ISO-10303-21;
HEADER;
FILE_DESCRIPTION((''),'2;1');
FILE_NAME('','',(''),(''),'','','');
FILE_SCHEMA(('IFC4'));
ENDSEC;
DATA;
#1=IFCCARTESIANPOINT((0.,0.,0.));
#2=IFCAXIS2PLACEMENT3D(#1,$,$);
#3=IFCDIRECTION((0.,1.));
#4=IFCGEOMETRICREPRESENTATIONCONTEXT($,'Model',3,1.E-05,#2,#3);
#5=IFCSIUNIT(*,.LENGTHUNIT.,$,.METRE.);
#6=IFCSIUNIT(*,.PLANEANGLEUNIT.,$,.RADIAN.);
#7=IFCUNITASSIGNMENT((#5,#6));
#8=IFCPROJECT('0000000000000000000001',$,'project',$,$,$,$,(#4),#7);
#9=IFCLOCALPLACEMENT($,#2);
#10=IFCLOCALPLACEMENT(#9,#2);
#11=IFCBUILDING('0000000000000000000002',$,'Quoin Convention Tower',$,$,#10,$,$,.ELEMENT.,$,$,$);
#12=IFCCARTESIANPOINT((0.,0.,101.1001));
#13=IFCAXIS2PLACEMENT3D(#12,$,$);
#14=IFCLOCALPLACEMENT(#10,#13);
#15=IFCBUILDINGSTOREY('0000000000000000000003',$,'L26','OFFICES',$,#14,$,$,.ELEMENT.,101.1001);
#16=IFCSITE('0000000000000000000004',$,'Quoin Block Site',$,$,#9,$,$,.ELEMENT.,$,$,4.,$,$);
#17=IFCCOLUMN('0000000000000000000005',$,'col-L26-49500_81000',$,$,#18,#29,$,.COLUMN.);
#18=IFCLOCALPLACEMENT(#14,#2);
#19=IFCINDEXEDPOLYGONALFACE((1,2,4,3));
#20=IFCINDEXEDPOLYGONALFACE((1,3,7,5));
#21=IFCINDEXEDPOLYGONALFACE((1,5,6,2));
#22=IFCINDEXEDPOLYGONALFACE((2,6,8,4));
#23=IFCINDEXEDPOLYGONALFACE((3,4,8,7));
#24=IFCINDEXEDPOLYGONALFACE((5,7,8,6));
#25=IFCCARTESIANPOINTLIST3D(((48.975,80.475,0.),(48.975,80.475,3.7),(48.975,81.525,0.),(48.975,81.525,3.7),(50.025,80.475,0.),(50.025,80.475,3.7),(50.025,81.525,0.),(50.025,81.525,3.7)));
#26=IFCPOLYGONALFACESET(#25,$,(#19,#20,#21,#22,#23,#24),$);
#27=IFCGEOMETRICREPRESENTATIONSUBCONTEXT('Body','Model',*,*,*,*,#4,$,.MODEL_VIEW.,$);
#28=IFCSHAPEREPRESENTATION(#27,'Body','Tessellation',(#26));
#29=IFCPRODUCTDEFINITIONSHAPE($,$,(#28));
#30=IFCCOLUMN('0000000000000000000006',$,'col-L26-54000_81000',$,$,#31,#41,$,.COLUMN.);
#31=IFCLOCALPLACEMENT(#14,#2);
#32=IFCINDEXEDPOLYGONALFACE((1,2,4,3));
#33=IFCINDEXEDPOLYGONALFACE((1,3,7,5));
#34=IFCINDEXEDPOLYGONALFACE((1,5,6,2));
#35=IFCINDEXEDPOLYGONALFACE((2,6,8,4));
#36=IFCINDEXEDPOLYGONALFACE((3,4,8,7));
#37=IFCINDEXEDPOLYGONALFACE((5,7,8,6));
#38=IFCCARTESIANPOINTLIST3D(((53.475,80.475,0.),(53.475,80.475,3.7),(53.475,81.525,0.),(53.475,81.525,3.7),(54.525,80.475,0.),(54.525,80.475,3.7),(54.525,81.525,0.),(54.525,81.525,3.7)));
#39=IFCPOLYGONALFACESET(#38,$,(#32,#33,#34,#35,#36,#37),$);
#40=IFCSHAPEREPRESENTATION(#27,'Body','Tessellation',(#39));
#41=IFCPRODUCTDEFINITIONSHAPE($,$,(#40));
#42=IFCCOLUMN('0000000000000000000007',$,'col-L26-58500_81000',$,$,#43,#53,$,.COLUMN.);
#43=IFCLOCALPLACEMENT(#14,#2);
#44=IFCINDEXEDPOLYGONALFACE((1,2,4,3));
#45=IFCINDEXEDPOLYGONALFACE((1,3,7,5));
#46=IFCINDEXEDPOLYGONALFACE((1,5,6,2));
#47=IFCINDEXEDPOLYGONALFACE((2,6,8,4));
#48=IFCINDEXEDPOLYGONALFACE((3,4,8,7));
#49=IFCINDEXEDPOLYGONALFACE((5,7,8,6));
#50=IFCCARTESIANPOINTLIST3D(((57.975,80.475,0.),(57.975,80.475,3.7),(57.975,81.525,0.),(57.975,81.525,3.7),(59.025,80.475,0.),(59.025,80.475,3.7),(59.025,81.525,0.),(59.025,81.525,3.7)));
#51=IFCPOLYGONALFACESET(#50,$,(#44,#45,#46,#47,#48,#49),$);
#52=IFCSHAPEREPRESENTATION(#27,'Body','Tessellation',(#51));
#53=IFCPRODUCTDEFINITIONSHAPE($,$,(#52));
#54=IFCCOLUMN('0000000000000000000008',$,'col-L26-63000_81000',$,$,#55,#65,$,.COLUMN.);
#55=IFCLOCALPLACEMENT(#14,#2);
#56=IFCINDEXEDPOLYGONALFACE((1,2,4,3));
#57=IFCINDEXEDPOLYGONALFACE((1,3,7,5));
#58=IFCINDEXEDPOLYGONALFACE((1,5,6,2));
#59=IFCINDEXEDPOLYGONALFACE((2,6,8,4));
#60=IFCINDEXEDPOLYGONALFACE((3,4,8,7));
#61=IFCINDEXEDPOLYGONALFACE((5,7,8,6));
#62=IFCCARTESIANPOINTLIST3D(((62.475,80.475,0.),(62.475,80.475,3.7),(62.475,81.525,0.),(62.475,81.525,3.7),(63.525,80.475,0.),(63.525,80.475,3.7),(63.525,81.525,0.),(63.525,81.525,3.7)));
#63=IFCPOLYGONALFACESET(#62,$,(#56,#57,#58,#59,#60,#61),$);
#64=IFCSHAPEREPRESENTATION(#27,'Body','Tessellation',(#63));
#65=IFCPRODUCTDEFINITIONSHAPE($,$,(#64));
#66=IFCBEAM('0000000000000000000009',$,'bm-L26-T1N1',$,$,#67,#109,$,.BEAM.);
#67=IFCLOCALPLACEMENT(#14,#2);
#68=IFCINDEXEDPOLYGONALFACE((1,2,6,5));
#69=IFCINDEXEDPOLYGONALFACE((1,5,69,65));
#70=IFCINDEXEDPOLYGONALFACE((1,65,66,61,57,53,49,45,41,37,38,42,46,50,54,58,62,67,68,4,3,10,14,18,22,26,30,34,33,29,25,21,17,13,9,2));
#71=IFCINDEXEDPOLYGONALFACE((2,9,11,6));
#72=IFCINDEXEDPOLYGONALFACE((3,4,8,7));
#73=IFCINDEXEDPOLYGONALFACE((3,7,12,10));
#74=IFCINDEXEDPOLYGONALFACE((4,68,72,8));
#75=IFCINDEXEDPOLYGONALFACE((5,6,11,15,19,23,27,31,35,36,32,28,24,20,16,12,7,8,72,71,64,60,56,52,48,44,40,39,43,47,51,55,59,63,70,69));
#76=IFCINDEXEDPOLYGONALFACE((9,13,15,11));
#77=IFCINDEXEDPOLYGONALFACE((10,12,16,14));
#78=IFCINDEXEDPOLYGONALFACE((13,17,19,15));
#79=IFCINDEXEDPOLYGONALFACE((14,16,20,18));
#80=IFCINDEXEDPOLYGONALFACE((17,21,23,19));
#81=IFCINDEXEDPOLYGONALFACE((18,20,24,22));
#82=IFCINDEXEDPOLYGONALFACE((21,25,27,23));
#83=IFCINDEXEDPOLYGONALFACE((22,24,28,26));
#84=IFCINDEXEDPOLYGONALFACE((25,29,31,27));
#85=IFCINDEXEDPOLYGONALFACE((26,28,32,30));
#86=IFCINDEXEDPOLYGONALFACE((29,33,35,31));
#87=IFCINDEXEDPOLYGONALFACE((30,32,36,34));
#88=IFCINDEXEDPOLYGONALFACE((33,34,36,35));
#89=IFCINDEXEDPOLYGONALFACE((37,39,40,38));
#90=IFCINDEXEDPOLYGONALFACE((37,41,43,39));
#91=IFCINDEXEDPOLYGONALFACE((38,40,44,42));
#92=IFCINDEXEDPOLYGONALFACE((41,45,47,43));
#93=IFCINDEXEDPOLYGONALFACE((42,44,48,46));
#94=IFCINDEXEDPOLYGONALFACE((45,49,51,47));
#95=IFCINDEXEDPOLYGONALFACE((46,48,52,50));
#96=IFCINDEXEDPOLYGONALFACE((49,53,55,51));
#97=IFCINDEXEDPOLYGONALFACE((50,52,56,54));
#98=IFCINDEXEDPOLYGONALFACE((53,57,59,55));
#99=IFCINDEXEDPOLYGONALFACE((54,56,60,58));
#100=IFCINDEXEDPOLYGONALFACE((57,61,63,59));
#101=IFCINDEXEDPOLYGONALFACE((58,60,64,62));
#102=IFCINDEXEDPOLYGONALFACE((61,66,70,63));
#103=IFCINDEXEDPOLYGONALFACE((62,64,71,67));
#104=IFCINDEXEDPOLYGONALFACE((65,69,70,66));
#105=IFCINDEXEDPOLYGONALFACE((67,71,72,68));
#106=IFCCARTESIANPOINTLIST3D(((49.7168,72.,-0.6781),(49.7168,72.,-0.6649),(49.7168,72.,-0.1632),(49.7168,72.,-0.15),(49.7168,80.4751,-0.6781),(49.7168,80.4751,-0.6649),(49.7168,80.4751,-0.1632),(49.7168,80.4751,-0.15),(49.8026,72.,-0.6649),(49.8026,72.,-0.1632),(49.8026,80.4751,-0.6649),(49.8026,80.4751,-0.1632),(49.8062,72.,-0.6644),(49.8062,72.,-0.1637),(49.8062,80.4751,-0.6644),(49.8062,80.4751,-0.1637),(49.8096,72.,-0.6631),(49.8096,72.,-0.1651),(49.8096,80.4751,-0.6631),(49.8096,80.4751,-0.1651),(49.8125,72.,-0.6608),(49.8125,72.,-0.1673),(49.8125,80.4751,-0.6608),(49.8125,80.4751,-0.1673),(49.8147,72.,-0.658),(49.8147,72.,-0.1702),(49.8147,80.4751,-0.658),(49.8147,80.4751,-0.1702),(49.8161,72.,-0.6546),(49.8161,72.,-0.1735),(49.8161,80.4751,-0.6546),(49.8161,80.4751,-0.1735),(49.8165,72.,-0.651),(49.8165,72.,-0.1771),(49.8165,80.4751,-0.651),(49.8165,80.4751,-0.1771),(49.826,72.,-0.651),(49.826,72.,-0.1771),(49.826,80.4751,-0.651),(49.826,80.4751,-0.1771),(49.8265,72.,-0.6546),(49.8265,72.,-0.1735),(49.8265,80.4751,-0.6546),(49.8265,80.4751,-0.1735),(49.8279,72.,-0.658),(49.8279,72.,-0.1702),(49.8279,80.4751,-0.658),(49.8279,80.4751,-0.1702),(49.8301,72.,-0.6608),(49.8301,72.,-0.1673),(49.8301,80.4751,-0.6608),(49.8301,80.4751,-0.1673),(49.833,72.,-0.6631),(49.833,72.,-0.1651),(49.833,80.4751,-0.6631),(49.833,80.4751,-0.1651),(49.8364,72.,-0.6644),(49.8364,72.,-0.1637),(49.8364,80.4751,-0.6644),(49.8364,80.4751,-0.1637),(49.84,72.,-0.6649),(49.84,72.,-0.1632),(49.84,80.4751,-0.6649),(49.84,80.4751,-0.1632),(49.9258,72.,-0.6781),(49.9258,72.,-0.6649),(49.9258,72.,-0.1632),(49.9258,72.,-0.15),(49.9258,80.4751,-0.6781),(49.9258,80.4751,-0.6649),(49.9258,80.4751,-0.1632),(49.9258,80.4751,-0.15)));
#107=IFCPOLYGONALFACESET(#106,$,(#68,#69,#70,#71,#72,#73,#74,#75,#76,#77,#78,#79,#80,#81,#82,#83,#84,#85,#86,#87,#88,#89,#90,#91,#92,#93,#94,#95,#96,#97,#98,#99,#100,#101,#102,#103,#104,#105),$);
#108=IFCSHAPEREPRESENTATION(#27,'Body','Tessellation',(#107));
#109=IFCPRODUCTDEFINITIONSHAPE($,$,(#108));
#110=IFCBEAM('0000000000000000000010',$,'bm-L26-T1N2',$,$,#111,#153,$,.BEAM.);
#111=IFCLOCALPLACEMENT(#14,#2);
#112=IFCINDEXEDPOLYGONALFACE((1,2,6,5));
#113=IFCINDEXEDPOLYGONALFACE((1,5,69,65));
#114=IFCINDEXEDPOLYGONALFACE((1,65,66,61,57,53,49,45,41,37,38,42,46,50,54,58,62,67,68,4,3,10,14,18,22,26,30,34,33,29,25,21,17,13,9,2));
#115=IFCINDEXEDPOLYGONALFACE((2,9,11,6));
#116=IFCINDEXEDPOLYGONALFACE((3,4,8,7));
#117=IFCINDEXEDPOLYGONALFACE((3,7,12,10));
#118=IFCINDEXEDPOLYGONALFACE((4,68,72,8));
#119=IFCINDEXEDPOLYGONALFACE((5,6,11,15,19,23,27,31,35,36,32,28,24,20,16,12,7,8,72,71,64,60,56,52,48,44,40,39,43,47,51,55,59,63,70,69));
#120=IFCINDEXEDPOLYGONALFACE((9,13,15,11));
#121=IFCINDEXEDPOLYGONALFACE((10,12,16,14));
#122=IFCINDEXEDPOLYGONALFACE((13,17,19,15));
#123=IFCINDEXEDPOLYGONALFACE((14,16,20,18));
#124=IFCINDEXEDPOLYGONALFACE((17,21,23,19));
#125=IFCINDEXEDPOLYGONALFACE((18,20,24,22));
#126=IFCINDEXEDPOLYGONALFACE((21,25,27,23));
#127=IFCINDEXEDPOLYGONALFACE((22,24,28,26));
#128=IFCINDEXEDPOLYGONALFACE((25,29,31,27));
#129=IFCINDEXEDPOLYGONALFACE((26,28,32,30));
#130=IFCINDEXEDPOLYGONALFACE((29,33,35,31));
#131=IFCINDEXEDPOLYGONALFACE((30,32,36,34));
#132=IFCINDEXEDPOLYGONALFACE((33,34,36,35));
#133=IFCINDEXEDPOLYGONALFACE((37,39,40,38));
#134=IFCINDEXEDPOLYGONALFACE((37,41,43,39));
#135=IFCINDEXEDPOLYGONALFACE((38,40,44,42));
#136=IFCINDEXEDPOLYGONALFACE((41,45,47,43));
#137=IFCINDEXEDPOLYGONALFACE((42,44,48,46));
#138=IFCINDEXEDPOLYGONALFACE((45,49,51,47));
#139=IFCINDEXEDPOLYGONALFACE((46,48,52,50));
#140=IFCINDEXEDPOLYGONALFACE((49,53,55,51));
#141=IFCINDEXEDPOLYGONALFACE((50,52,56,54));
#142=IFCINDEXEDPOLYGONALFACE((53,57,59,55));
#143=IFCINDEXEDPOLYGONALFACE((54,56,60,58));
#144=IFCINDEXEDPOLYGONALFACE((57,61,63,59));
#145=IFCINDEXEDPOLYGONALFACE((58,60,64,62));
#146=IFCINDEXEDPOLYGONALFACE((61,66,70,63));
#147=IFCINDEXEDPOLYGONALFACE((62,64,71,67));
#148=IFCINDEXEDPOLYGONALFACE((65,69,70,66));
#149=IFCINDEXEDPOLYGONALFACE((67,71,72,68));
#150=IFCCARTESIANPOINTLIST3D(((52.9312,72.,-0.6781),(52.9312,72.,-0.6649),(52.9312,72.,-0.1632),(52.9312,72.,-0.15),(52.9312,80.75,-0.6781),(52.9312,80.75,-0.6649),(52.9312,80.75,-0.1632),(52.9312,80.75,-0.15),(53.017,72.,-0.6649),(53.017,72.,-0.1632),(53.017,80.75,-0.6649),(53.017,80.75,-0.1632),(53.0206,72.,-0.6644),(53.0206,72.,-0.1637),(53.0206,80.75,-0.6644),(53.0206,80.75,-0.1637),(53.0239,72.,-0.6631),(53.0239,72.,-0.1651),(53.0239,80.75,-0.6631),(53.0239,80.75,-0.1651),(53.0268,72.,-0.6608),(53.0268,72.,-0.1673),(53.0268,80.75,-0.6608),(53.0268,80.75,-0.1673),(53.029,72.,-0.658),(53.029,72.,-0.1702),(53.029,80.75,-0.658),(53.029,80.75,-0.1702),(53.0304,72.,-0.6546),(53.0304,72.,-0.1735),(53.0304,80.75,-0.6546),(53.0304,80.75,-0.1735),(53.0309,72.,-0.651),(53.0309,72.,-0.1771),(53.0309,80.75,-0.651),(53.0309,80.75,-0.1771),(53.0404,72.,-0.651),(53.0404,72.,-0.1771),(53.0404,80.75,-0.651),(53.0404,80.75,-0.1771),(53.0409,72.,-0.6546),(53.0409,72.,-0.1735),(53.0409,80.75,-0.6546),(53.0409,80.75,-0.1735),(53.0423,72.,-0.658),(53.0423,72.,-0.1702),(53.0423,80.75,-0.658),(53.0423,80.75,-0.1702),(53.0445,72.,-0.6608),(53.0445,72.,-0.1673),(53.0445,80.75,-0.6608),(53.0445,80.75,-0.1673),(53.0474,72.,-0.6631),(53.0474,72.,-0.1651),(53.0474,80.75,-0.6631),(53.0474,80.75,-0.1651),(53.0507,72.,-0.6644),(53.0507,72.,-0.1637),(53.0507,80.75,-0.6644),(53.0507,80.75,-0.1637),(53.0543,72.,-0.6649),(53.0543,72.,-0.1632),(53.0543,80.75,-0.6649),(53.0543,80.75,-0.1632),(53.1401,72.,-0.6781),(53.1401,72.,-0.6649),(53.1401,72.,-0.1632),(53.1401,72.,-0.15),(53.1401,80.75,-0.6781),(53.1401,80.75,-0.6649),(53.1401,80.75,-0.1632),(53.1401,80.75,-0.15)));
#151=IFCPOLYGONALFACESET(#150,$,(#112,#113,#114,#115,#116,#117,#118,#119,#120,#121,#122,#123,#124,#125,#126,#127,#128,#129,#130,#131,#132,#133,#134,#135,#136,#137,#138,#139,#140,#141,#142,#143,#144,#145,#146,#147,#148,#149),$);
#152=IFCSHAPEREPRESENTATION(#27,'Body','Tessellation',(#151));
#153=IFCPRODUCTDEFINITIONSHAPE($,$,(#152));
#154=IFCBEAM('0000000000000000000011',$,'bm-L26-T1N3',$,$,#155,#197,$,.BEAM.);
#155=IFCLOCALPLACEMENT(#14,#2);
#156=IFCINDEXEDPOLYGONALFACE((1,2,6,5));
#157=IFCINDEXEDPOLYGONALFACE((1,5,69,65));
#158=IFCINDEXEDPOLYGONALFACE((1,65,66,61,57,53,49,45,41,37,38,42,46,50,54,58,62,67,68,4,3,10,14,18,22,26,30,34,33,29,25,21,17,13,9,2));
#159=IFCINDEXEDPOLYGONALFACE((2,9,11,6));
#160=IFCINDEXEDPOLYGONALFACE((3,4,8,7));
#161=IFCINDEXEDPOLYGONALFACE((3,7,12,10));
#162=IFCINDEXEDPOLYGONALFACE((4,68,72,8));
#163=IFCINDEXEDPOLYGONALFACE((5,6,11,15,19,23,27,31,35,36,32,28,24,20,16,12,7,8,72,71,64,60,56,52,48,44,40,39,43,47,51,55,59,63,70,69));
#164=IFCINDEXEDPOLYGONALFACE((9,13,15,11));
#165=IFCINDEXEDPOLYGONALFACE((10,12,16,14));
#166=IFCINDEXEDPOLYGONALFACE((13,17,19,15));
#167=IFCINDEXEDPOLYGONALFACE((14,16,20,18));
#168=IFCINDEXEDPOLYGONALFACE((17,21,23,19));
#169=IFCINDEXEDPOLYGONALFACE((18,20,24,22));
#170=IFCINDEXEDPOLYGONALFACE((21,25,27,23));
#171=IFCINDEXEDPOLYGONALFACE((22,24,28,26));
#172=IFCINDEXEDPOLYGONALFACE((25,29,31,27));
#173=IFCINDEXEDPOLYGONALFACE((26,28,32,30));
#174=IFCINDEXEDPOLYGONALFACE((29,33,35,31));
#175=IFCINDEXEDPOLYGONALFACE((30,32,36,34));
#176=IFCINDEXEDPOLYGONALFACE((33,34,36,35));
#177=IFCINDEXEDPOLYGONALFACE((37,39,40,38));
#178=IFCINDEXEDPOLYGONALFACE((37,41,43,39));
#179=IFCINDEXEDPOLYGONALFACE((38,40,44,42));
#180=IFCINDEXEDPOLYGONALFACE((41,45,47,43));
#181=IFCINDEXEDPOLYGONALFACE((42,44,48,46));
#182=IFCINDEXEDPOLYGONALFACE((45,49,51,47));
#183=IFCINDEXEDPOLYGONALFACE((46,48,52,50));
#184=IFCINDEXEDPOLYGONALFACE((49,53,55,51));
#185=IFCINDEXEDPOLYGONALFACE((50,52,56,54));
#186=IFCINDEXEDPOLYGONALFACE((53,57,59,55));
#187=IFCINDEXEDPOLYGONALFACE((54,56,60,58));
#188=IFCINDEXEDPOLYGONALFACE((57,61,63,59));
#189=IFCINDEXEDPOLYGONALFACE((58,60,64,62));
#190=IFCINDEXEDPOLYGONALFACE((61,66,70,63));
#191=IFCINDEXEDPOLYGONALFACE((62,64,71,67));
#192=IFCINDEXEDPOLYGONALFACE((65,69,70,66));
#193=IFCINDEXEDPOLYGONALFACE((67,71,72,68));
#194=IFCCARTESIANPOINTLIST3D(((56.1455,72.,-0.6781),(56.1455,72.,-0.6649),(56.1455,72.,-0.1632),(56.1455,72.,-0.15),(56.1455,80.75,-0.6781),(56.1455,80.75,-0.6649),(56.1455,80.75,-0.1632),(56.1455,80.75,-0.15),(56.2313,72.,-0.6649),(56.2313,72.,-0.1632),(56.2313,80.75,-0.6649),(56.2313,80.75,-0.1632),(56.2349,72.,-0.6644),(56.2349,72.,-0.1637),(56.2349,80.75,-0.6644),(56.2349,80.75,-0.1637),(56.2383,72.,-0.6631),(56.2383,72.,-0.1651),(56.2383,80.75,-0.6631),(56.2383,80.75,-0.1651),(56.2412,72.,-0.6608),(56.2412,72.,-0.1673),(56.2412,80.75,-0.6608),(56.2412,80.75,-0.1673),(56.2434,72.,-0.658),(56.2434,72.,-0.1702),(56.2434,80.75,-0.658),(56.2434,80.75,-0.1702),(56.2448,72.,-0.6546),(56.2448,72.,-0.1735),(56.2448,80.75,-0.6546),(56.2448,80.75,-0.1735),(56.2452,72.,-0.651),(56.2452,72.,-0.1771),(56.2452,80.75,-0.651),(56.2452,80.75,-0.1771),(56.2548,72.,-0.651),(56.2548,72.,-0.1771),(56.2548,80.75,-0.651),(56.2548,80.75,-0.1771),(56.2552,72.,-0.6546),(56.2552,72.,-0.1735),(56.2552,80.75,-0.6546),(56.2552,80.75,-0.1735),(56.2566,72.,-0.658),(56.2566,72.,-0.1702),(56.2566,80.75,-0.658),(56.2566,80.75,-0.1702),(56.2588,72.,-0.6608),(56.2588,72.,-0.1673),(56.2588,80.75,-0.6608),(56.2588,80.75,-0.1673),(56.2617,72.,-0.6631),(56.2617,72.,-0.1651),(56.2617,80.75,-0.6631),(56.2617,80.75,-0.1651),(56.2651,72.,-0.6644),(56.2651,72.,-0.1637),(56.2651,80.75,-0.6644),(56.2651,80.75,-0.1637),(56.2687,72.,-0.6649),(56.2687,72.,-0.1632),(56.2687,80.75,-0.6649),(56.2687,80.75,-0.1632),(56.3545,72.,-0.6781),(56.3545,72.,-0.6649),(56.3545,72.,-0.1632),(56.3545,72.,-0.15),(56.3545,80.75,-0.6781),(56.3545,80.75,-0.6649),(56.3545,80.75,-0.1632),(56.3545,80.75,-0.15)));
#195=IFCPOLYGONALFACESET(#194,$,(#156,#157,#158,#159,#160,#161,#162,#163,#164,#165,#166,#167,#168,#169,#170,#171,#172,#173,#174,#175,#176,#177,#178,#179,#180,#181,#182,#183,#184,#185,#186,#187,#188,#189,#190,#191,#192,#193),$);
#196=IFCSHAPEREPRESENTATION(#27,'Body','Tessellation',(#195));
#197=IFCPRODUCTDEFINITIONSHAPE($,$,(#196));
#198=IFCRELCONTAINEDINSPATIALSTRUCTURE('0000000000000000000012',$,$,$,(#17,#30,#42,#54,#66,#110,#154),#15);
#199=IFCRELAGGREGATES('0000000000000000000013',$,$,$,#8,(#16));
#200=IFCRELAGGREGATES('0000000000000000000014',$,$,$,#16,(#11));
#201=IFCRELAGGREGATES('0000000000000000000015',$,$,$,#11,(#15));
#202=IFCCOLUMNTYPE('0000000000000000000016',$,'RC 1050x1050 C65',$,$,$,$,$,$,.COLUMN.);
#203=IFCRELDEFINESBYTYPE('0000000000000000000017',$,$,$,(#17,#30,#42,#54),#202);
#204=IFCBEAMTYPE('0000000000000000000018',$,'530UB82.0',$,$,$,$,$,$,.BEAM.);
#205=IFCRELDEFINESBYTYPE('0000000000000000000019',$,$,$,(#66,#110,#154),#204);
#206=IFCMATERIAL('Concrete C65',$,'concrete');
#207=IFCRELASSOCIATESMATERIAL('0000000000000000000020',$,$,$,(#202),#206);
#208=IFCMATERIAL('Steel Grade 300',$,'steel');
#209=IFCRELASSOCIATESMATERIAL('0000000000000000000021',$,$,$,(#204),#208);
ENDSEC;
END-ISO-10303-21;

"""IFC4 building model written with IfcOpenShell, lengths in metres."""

from ifc_helpers import new_model, si_unit, direction, frame, origin, origin_2d, place, context, subcontext, project, spatial, rectangle, i_section, extrude, material, material_profile, profile_set, type_object, element, save


model = new_model("IFC4")

# Units and contexts
model_context = context("Model", 3, precision=1e-05, world=origin(), true_north=direction((0.0, 1.0)))
body_context = subcontext(model_context, "Body", "Model", "MODEL_VIEW")
ifc_project = project(units=[si_unit("LENGTHUNIT", "METRE"), si_unit("PLANEANGLEUNIT", "RADIAN")], contexts=[model_context])

# Site, building, storey
site_placement = place(None, origin())
site = spatial("IfcSite", under=ifc_project, at=site_placement, Name="Quoin Block Site", CompositionType="ELEMENT", RefElevation=4.0)
building_placement = place(site_placement, origin())
building = spatial("IfcBuilding", under=site, at=building_placement, Name="Quoin Convention Tower", CompositionType="ELEMENT")
storey_placement = place(building_placement, frame((0.0, 0.0, 101.1001)))
storey = spatial("IfcBuildingStorey", under=building, at=storey_placement, Name="L26", Description="OFFICES", CompositionType="ELEMENT", Elevation=101.1001)

# Columns
ifc_material_1 = material(Name="Concrete C65", Category="concrete")
ifc_material_profile_1 = material_profile(ifc_material_1, rectangle(XDim=1.05, YDim=1.05, at=origin_2d()), Name="RC 1050x1050")
ifc_profile_set_1 = profile_set([ifc_material_profile_1], Name="Concrete C65")
column_type = type_object("IfcColumnType", Name="RC 1050x1050 C65", PredefinedType="COLUMN", material=ifc_profile_set_1)
for number, where, z_axis, x_axis, name in (
    (1, (49.5, 81.0, 0.0), (0.0, 0.0, 1.0), (1.0, 0.0, 0.0), "col-L26-49500_81000"),
    (2, (54.0, 81.0, 0.0), (0.0, 0.0, 1.0), (1.0, 0.0, 0.0), "col-L26-54000_81000"),
    (3, (58.5, 81.0, 0.0), (0.0, 0.0, 1.0), (1.0, 0.0, 0.0), "col-L26-58500_81000"),
    (4, (63.0, 81.0, 0.0), (0.0, 0.0, 1.0), (1.0, 0.0, 0.0), "col-L26-63000_81000"),
):
    element("IfcColumn", number, at=place(storey_placement, frame(where, z_axis=z_axis, x_axis=x_axis)), inside=storey, type_object=column_type, Name=name, PredefinedType="COLUMN", context=body_context, shape_type="SweptSolid", body=[
        extrude(rectangle(XDim=1.05, YDim=1.05, at=origin_2d()), origin(), (0.0, 0.0, 1.0), 3.7),
    ])

# Beams
ifc_material_2 = material(Name="Steel Grade 300", Category="steel")
ifc_material_profile_2 = material_profile(ifc_material_2, i_section(OverallWidth=0.209, OverallDepth=0.5281, WebThickness=0.0095, FlangeThickness=0.0132, FilletRadius=0.0139, at=origin_2d()), Name="530UB82.0")
ifc_profile_set_2 = profile_set([ifc_material_profile_2], Name="Steel Grade 300")
beam_type_1 = type_object("IfcBeamType", Name="530UB82.0", PredefinedType="BEAM", material=ifc_profile_set_2)
beam_1_placement = place(storey_placement, frame((49.8213, 72.0, -0.4141), z_axis=(0.0, 1.0, 0.0), x_axis=(-1.0, 0.0, 0.0)))
element("IfcBeam", 5, at=beam_1_placement, inside=storey, type_object=beam_type_1, Name="bm-L26-T1N1", PredefinedType="BEAM", context=body_context, shape_type="SweptSolid", body=[
    extrude(i_section(OverallWidth=0.209, OverallDepth=0.5281, WebThickness=0.0095, FlangeThickness=0.0132, FilletRadius=0.0139, at=origin_2d()), origin(), (0.0, 0.0, 1.0), 8.4751),
])
for number, where, z_axis, x_axis, name in (
    (6, (53.0356, 72.0, -0.4141), (0.0, 1.0, 0.0), (-1.0, 0.0, 0.0), "bm-L26-T1N2"),
    (7, (56.25, 72.0, -0.4141), (0.0, 1.0, 0.0), (-1.0, 0.0, 0.0), "bm-L26-T1N3"),
):
    element("IfcBeam", number, at=place(storey_placement, frame(where, z_axis=z_axis, x_axis=x_axis)), inside=storey, type_object=beam_type_1, Name=name, PredefinedType="BEAM", context=body_context, shape_type="SweptSolid", body=[
        extrude(i_section(OverallWidth=0.209, OverallDepth=0.5281, WebThickness=0.0095, FlangeThickness=0.0132, FilletRadius=0.0139, at=origin_2d()), origin(), (0.0, 0.0, 1.0), 8.75),
    ])

save(model, "model.ifc")
